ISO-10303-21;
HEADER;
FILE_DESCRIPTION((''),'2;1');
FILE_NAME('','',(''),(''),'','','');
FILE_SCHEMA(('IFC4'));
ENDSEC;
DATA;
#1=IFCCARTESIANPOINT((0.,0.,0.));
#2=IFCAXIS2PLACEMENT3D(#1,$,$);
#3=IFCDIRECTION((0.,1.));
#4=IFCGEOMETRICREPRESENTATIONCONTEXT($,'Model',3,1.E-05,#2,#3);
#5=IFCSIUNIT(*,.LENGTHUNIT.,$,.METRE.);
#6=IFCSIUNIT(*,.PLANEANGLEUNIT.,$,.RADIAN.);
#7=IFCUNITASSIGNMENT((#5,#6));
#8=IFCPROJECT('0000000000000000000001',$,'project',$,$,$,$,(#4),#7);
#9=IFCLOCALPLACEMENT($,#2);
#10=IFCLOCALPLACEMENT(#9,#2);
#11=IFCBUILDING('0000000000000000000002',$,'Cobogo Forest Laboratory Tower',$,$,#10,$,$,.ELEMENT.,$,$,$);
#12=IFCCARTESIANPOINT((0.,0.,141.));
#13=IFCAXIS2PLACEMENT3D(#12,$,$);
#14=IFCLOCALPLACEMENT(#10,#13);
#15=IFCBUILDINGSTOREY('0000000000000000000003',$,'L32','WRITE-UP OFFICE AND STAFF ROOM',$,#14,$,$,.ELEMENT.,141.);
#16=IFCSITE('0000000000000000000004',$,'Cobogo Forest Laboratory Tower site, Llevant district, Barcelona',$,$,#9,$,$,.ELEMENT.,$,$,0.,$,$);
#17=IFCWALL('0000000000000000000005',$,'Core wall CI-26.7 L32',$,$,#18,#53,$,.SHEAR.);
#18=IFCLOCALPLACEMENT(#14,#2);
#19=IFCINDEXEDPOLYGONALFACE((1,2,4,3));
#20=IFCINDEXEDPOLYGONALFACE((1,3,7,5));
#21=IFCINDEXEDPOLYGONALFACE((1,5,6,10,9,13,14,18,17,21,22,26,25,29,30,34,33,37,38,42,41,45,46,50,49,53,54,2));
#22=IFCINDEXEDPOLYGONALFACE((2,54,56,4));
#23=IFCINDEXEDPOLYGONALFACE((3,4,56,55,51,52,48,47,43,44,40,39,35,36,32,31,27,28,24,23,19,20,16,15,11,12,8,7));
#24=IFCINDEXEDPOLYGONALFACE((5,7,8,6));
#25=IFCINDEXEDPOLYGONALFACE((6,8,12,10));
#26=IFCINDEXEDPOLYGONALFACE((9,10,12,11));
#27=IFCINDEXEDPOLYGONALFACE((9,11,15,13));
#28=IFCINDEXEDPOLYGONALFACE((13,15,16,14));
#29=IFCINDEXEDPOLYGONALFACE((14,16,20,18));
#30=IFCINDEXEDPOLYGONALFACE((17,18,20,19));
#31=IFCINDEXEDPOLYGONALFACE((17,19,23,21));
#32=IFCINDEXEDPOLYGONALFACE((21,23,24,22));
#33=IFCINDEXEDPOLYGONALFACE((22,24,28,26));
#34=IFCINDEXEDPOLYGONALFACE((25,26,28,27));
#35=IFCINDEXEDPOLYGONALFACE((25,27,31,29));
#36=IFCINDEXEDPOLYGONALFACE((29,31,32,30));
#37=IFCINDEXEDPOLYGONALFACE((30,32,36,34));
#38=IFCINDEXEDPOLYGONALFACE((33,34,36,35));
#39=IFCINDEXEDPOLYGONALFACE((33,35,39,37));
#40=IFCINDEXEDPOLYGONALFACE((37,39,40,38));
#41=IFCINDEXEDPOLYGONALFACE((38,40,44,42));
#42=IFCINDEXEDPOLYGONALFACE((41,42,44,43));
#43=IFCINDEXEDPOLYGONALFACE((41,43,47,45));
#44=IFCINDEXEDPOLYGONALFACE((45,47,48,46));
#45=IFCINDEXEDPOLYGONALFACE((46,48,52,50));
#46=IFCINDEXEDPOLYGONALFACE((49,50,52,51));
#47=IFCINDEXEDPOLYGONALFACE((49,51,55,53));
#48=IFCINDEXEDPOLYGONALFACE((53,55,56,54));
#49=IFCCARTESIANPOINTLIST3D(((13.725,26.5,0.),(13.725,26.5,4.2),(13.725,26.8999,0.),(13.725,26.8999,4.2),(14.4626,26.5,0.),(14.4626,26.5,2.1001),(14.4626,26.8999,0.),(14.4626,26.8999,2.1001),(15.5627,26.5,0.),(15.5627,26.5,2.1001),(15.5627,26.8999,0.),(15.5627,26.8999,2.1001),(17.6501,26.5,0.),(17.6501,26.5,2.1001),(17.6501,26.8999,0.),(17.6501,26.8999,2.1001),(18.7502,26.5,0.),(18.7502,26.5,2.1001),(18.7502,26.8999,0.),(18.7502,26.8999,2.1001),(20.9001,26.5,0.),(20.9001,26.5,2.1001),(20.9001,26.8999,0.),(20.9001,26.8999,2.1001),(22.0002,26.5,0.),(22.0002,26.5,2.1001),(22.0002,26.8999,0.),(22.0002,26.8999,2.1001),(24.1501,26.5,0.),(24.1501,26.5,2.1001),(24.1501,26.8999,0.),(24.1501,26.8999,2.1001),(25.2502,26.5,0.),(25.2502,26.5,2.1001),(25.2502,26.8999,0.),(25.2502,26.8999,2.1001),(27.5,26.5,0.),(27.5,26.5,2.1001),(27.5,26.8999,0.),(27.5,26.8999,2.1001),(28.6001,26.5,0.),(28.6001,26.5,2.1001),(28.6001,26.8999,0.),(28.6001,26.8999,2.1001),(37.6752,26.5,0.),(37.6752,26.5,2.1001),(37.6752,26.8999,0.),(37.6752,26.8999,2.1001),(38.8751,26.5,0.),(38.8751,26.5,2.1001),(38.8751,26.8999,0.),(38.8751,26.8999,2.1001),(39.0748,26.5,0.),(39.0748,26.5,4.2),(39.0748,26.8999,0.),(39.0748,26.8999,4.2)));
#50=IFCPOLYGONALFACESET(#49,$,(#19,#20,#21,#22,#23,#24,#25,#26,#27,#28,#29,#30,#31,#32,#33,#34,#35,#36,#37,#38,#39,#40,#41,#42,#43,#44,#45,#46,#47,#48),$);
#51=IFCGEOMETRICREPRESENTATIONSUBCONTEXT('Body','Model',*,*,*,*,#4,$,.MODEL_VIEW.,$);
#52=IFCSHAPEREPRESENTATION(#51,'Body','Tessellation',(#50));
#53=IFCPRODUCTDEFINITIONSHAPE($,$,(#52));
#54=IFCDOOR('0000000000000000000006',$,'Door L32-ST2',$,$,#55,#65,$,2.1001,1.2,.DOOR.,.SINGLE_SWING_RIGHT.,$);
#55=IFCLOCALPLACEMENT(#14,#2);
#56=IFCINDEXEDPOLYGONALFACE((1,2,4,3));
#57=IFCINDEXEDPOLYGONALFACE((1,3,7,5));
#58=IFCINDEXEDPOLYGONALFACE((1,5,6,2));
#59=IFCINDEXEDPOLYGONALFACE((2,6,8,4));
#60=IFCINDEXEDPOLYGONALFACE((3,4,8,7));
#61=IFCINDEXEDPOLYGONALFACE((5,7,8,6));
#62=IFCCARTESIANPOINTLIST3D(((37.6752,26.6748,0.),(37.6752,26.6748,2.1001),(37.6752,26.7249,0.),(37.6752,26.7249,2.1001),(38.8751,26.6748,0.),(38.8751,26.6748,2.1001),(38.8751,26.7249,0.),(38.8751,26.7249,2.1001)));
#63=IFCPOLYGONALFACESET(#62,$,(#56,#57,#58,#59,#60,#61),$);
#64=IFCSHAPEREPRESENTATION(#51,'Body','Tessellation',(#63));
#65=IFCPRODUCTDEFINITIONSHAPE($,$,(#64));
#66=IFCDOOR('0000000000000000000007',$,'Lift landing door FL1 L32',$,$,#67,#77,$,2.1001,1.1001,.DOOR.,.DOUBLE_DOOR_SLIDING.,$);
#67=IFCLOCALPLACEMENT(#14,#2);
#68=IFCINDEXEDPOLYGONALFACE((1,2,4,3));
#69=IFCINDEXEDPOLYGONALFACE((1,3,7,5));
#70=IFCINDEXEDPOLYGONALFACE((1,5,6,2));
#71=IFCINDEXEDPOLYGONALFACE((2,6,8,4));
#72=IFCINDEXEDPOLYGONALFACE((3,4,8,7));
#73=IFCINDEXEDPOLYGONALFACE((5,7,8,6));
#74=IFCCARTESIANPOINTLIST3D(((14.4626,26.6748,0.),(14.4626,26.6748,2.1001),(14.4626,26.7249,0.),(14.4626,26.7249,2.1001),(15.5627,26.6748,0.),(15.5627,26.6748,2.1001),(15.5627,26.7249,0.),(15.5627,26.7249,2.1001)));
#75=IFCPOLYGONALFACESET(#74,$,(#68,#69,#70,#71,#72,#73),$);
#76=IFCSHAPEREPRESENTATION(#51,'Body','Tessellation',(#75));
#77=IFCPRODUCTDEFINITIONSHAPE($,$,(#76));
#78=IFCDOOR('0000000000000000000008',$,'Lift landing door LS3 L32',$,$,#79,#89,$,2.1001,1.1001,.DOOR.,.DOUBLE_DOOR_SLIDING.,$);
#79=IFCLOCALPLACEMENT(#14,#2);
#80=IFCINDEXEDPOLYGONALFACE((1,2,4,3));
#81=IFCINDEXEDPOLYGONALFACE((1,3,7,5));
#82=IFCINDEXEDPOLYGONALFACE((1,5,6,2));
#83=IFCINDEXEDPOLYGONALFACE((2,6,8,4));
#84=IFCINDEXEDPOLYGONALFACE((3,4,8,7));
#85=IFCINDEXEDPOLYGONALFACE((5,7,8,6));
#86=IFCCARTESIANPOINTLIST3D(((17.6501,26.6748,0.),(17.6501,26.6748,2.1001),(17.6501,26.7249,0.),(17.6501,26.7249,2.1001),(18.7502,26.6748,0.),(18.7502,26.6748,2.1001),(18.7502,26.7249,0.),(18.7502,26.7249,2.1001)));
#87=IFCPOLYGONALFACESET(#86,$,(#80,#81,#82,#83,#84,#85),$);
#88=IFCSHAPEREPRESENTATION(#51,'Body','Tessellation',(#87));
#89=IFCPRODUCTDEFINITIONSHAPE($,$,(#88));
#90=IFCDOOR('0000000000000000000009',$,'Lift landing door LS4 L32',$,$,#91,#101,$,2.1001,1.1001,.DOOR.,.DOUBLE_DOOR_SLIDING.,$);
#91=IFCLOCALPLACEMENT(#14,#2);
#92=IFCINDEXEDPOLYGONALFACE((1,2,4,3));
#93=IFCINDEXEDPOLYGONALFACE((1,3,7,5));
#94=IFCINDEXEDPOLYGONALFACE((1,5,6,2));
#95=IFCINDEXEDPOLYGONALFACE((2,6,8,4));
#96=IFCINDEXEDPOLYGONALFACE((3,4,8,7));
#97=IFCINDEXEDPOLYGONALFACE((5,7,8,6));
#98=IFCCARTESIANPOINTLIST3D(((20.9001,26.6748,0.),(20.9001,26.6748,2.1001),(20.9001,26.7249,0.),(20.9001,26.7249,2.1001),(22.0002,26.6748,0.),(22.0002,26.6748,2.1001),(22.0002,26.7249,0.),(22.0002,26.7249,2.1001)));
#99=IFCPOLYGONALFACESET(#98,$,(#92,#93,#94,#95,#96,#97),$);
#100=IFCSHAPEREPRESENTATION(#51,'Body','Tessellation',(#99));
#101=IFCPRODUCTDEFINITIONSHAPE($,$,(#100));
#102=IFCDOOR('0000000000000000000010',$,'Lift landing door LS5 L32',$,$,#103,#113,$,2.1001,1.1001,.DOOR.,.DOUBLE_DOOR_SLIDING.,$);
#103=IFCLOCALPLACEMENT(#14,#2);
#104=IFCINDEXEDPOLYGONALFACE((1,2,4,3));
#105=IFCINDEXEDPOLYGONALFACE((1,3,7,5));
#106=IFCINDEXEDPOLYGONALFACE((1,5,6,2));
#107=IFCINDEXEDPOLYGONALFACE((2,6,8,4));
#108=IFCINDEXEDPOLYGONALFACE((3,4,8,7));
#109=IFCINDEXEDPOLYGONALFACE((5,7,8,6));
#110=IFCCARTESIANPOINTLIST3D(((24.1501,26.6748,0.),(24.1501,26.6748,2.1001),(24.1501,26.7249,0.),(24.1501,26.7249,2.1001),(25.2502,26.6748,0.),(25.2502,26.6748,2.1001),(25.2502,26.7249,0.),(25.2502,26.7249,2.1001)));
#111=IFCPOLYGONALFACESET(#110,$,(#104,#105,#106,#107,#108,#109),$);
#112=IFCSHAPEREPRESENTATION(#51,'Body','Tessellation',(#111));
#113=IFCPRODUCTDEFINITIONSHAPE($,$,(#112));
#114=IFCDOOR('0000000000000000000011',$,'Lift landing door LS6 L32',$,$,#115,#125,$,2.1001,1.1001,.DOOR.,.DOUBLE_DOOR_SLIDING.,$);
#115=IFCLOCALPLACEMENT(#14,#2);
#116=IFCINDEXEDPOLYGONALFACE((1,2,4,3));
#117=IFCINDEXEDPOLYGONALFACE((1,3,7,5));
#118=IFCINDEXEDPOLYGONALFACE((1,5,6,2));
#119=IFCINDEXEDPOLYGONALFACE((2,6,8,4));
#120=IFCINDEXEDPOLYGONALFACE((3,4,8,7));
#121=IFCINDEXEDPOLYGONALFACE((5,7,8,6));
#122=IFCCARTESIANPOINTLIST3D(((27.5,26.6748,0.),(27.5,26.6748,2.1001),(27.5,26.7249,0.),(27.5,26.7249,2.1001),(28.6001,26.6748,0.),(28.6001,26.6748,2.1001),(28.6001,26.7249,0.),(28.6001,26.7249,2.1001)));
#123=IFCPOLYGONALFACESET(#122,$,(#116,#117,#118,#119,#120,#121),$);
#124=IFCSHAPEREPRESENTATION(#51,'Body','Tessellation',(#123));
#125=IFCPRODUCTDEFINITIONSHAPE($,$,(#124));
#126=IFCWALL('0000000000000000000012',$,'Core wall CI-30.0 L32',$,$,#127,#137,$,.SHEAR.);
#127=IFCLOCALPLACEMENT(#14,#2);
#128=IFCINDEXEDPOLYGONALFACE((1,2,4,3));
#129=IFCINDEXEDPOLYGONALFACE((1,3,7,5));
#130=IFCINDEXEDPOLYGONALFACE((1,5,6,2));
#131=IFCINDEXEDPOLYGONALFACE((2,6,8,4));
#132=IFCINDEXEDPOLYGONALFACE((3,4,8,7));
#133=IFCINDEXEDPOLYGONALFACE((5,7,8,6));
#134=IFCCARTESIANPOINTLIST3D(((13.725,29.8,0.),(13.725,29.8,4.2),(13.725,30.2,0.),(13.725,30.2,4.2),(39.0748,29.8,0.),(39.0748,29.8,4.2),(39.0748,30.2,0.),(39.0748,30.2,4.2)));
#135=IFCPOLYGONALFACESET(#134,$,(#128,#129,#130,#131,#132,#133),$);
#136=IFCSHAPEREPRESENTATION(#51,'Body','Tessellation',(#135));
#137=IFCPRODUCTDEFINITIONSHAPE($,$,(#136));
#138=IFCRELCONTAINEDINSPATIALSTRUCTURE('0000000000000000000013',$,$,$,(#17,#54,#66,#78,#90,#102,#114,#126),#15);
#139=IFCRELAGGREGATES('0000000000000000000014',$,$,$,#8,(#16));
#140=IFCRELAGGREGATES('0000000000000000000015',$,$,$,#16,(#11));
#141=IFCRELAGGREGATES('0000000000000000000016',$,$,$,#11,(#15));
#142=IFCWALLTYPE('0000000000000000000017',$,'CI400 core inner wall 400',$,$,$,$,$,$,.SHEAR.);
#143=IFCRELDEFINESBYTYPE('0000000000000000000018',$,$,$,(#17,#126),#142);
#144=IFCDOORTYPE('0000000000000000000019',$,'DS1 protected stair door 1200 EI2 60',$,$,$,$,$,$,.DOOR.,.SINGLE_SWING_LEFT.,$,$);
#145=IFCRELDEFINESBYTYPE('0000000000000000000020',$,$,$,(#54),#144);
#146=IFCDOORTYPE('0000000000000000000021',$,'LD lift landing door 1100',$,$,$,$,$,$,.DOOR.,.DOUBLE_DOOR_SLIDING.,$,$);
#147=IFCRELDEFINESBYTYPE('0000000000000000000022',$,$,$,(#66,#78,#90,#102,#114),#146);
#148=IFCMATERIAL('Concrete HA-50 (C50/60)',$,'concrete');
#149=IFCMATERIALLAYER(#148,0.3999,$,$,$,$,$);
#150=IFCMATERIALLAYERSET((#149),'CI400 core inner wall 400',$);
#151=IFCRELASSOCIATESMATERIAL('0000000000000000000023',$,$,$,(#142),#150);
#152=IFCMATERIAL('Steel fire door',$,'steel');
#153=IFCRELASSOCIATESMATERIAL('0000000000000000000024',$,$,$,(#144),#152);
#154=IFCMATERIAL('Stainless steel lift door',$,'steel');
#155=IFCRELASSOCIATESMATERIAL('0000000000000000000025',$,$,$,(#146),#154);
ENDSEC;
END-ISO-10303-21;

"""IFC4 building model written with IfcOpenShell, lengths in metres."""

from ifc_helpers import new_model, si_unit, direction, frame, frame_2d, origin, place, context, subcontext, project, spatial, rectangle, extrude, material, layer, layer_set, type_object, element, fill, save


model = new_model("IFC4")

# Units and contexts
model_context = context("Model", 3, precision=1e-05, world=origin(), true_north=direction((0.0, 1.0)))
body_context = subcontext(model_context, "Body", "Model", "MODEL_VIEW")
ifc_project = project(units=[si_unit("LENGTHUNIT", "METRE"), si_unit("PLANEANGLEUNIT", "RADIAN")], contexts=[model_context])

# Site, building, storey
site_placement = place(None, origin())
site = spatial("IfcSite", under=ifc_project, at=site_placement, Name="Cobogo Forest Laboratory Tower site, Llevant district, Barcelona", CompositionType="ELEMENT", RefElevation=0.0)
building_placement = place(site_placement, origin())
building = spatial("IfcBuilding", under=site, at=building_placement, Name="Cobogo Forest Laboratory Tower", CompositionType="ELEMENT")
storey_placement = place(building_placement, frame((0.0, 0.0, 141.0)))
storey = spatial("IfcBuildingStorey", under=building, at=storey_placement, Name="L32", Description="WRITE-UP OFFICE AND STAFF ROOM", CompositionType="ELEMENT", Elevation=141.0)

# Shared definitions
ifc_material_1 = material(Name="Concrete HA-50 (C50/60)", Category="concrete")

# Wall, openings, doors
ifc_layer_1 = layer(ifc_material_1, 0.3999)
ifc_layer_set_1 = layer_set([ifc_layer_1], Name="CI400 core inner wall 400")
wall_type_1 = type_object("IfcWallType", Name="CI400 core inner wall 400", PredefinedType="SHEAR", material=ifc_layer_set_1)
wall_1_placement = place(storey_placement, frame((13.7251, 26.7, 0.0), z_axis=(0.0, 0.0, 1.0), x_axis=(1.0, 0.0, 0.0)))
wall_1 = element("IfcWall", 1, at=wall_1_placement, inside=storey, type_object=wall_type_1, Name="Core wall CI-26.7 L32", PredefinedType="SHEAR", context=body_context, shape_type="SweptSolid", body=[
    extrude(rectangle(XDim=25.3499, YDim=0.3999, at=frame_2d((12.6748, 0.0))), origin(), (0.0, 0.0, 1.0), 4.2),
])
opening_1_placement = place(wall_1_placement, frame((23.95, 0.0, 0.0)))
opening_1 = element("IfcOpeningElement", 2, at=opening_1_placement, cuts=wall_1, PredefinedType="OPENING", context=body_context, shape_type="SweptSolid", body=[
    extrude(rectangle(XDim=1.2, YDim=2.1001, at=frame_2d((0.6001, 1.05))), frame((0.0, 0.21, 0.0), z_axis=(0.0, -1.0, 0.0), x_axis=(1.0, 0.0, 0.0)), (0.0, 0.0, 1.0), 0.4199),
])
opening_2_placement = place(wall_1_placement, frame((0.7375, 0.0, 0.0)))
opening_2 = element("IfcOpeningElement", 3, at=opening_2_placement, cuts=wall_1, PredefinedType="OPENING", context=body_context, shape_type="SweptSolid", body=[
    extrude(rectangle(XDim=1.1001, YDim=2.1001, at=frame_2d((0.55, 1.05))), frame((0.0, 0.21, 0.0), z_axis=(0.0, -1.0, 0.0), x_axis=(1.0, 0.0, 0.0)), (0.0, 0.0, 1.0), 0.4199),
])
opening_3_placement = place(wall_1_placement, frame((3.925, 0.0, 0.0)))
opening_3 = element("IfcOpeningElement", 4, at=opening_3_placement, cuts=wall_1, PredefinedType="OPENING", context=body_context, shape_type="SweptSolid", body=[
    extrude(rectangle(XDim=1.1001, YDim=2.1001, at=frame_2d((0.55, 1.05))), frame((0.0, 0.21, 0.0), z_axis=(0.0, -1.0, 0.0), x_axis=(1.0, 0.0, 0.0)), (0.0, 0.0, 1.0), 0.4199),
])
opening_4_placement = place(wall_1_placement, frame((7.175, 0.0, 0.0)))
opening_4 = element("IfcOpeningElement", 5, at=opening_4_placement, cuts=wall_1, PredefinedType="OPENING", context=body_context, shape_type="SweptSolid", body=[
    extrude(rectangle(XDim=1.1001, YDim=2.1001, at=frame_2d((0.55, 1.05))), frame((0.0, 0.21, 0.0), z_axis=(0.0, -1.0, 0.0), x_axis=(1.0, 0.0, 0.0)), (0.0, 0.0, 1.0), 0.4199),
])
opening_5_placement = place(wall_1_placement, frame((10.425, 0.0, 0.0)))
opening_5 = element("IfcOpeningElement", 6, at=opening_5_placement, cuts=wall_1, PredefinedType="OPENING", context=body_context, shape_type="SweptSolid", body=[
    extrude(rectangle(XDim=1.1001, YDim=2.1001, at=frame_2d((0.55, 1.05))), frame((0.0, 0.21, 0.0), z_axis=(0.0, -1.0, 0.0), x_axis=(1.0, 0.0, 0.0)), (0.0, 0.0, 1.0), 0.4199),
])
opening_6_placement = place(wall_1_placement, frame((13.7749, 0.0, 0.0)))
opening_6 = element("IfcOpeningElement", 7, at=opening_6_placement, cuts=wall_1, PredefinedType="OPENING", context=body_context, shape_type="SweptSolid", body=[
    extrude(rectangle(XDim=1.1001, YDim=2.1001, at=frame_2d((0.55, 1.05))), frame((0.0, 0.21, 0.0), z_axis=(0.0, -1.0, 0.0), x_axis=(1.0, 0.0, 0.0)), (0.0, 0.0, 1.0), 0.4199),
])
ifc_material_2 = material(Name="Steel fire door", Category="steel")
door_type_1 = type_object("IfcDoorType", Name="DS1 protected stair door 1200 EI2 60", OperationType="SINGLE_SWING_LEFT", PredefinedType="DOOR", material=ifc_material_2)
door_1_placement = place(opening_1_placement, origin())
door_1 = element("IfcDoor", 8, at=door_1_placement, inside=storey, type_object=door_type_1, Name="Door L32-ST2", OperationType="SINGLE_SWING_RIGHT", OverallHeight=2.1001, OverallWidth=1.2, PredefinedType="DOOR", context=body_context, shape_type="SweptSolid", body=[
    extrude(rectangle(XDim=1.2, YDim=2.1001, at=frame_2d((0.6001, 1.05))), frame((0.0, 0.0249, 0.0), z_axis=(0.0, -1.0, 0.0), x_axis=(1.0, 0.0, 0.0)), (0.0, 0.0, 1.0), 0.05),
])
fill(opening_1, door_1)
ifc_material_3 = material(Name="Stainless steel lift door", Category="steel")
door_type_2 = type_object("IfcDoorType", Name="LD lift landing door 1100", OperationType="DOUBLE_DOOR_SLIDING", PredefinedType="DOOR", material=ifc_material_3)
door_2_placement = place(opening_2_placement, origin())
door_2 = element("IfcDoor", 9, at=door_2_placement, inside=storey, type_object=door_type_2, Name="Lift landing door FL1 L32", OperationType="DOUBLE_DOOR_SLIDING", OverallHeight=2.1001, OverallWidth=1.1001, PredefinedType="DOOR", context=body_context, shape_type="SweptSolid", body=[
    extrude(rectangle(XDim=1.1001, YDim=2.1001, at=frame_2d((0.55, 1.05))), frame((0.0, 0.0249, 0.0), z_axis=(0.0, -1.0, 0.0), x_axis=(1.0, 0.0, 0.0)), (0.0, 0.0, 1.0), 0.05),
])
fill(opening_2, door_2)
door_3_placement = place(opening_3_placement, origin())
door_3 = element("IfcDoor", 10, at=door_3_placement, inside=storey, type_object=door_type_2, Name="Lift landing door LS3 L32", OperationType="DOUBLE_DOOR_SLIDING", OverallHeight=2.1001, OverallWidth=1.1001, PredefinedType="DOOR", context=body_context, shape_type="SweptSolid", body=[
    extrude(rectangle(XDim=1.1001, YDim=2.1001, at=frame_2d((0.55, 1.05))), frame((0.0, 0.0249, 0.0), z_axis=(0.0, -1.0, 0.0), x_axis=(1.0, 0.0, 0.0)), (0.0, 0.0, 1.0), 0.05),
])
fill(opening_3, door_3)
door_4_placement = place(opening_4_placement, origin())
door_4 = element("IfcDoor", 11, at=door_4_placement, inside=storey, type_object=door_type_2, Name="Lift landing door LS4 L32", OperationType="DOUBLE_DOOR_SLIDING", OverallHeight=2.1001, OverallWidth=1.1001, PredefinedType="DOOR", context=body_context, shape_type="SweptSolid", body=[
    extrude(rectangle(XDim=1.1001, YDim=2.1001, at=frame_2d((0.55, 1.05))), frame((0.0, 0.0249, 0.0), z_axis=(0.0, -1.0, 0.0), x_axis=(1.0, 0.0, 0.0)), (0.0, 0.0, 1.0), 0.05),
])
fill(opening_4, door_4)
door_5_placement = place(opening_5_placement, origin())
door_5 = element("IfcDoor", 12, at=door_5_placement, inside=storey, type_object=door_type_2, Name="Lift landing door LS5 L32", OperationType="DOUBLE_DOOR_SLIDING", OverallHeight=2.1001, OverallWidth=1.1001, PredefinedType="DOOR", context=body_context, shape_type="SweptSolid", body=[
    extrude(rectangle(XDim=1.1001, YDim=2.1001, at=frame_2d((0.55, 1.05))), frame((0.0, 0.0249, 0.0), z_axis=(0.0, -1.0, 0.0), x_axis=(1.0, 0.0, 0.0)), (0.0, 0.0, 1.0), 0.05),
])
fill(opening_5, door_5)
door_6_placement = place(opening_6_placement, origin())
door_6 = element("IfcDoor", 13, at=door_6_placement, inside=storey, type_object=door_type_2, Name="Lift landing door LS6 L32", OperationType="DOUBLE_DOOR_SLIDING", OverallHeight=2.1001, OverallWidth=1.1001, PredefinedType="DOOR", context=body_context, shape_type="SweptSolid", body=[
    extrude(rectangle(XDim=1.1001, YDim=2.1001, at=frame_2d((0.55, 1.05))), frame((0.0, 0.0249, 0.0), z_axis=(0.0, -1.0, 0.0), x_axis=(1.0, 0.0, 0.0)), (0.0, 0.0, 1.0), 0.05),
])
fill(opening_6, door_6)

# Wall
wall_2_placement = place(storey_placement, frame((13.7251, 30.0, 0.0), z_axis=(0.0, 0.0, 1.0), x_axis=(1.0, 0.0, 0.0)))
element("IfcWall", 14, at=wall_2_placement, inside=storey, type_object=wall_type_1, Name="Core wall CI-30.0 L32", PredefinedType="SHEAR", context=body_context, shape_type="SweptSolid", body=[
    extrude(rectangle(XDim=25.3499, YDim=0.3999, at=frame_2d((12.6748, 0.0))), origin(), (0.0, 0.0, 1.0), 4.2),
])

save(model, "model.ifc")
